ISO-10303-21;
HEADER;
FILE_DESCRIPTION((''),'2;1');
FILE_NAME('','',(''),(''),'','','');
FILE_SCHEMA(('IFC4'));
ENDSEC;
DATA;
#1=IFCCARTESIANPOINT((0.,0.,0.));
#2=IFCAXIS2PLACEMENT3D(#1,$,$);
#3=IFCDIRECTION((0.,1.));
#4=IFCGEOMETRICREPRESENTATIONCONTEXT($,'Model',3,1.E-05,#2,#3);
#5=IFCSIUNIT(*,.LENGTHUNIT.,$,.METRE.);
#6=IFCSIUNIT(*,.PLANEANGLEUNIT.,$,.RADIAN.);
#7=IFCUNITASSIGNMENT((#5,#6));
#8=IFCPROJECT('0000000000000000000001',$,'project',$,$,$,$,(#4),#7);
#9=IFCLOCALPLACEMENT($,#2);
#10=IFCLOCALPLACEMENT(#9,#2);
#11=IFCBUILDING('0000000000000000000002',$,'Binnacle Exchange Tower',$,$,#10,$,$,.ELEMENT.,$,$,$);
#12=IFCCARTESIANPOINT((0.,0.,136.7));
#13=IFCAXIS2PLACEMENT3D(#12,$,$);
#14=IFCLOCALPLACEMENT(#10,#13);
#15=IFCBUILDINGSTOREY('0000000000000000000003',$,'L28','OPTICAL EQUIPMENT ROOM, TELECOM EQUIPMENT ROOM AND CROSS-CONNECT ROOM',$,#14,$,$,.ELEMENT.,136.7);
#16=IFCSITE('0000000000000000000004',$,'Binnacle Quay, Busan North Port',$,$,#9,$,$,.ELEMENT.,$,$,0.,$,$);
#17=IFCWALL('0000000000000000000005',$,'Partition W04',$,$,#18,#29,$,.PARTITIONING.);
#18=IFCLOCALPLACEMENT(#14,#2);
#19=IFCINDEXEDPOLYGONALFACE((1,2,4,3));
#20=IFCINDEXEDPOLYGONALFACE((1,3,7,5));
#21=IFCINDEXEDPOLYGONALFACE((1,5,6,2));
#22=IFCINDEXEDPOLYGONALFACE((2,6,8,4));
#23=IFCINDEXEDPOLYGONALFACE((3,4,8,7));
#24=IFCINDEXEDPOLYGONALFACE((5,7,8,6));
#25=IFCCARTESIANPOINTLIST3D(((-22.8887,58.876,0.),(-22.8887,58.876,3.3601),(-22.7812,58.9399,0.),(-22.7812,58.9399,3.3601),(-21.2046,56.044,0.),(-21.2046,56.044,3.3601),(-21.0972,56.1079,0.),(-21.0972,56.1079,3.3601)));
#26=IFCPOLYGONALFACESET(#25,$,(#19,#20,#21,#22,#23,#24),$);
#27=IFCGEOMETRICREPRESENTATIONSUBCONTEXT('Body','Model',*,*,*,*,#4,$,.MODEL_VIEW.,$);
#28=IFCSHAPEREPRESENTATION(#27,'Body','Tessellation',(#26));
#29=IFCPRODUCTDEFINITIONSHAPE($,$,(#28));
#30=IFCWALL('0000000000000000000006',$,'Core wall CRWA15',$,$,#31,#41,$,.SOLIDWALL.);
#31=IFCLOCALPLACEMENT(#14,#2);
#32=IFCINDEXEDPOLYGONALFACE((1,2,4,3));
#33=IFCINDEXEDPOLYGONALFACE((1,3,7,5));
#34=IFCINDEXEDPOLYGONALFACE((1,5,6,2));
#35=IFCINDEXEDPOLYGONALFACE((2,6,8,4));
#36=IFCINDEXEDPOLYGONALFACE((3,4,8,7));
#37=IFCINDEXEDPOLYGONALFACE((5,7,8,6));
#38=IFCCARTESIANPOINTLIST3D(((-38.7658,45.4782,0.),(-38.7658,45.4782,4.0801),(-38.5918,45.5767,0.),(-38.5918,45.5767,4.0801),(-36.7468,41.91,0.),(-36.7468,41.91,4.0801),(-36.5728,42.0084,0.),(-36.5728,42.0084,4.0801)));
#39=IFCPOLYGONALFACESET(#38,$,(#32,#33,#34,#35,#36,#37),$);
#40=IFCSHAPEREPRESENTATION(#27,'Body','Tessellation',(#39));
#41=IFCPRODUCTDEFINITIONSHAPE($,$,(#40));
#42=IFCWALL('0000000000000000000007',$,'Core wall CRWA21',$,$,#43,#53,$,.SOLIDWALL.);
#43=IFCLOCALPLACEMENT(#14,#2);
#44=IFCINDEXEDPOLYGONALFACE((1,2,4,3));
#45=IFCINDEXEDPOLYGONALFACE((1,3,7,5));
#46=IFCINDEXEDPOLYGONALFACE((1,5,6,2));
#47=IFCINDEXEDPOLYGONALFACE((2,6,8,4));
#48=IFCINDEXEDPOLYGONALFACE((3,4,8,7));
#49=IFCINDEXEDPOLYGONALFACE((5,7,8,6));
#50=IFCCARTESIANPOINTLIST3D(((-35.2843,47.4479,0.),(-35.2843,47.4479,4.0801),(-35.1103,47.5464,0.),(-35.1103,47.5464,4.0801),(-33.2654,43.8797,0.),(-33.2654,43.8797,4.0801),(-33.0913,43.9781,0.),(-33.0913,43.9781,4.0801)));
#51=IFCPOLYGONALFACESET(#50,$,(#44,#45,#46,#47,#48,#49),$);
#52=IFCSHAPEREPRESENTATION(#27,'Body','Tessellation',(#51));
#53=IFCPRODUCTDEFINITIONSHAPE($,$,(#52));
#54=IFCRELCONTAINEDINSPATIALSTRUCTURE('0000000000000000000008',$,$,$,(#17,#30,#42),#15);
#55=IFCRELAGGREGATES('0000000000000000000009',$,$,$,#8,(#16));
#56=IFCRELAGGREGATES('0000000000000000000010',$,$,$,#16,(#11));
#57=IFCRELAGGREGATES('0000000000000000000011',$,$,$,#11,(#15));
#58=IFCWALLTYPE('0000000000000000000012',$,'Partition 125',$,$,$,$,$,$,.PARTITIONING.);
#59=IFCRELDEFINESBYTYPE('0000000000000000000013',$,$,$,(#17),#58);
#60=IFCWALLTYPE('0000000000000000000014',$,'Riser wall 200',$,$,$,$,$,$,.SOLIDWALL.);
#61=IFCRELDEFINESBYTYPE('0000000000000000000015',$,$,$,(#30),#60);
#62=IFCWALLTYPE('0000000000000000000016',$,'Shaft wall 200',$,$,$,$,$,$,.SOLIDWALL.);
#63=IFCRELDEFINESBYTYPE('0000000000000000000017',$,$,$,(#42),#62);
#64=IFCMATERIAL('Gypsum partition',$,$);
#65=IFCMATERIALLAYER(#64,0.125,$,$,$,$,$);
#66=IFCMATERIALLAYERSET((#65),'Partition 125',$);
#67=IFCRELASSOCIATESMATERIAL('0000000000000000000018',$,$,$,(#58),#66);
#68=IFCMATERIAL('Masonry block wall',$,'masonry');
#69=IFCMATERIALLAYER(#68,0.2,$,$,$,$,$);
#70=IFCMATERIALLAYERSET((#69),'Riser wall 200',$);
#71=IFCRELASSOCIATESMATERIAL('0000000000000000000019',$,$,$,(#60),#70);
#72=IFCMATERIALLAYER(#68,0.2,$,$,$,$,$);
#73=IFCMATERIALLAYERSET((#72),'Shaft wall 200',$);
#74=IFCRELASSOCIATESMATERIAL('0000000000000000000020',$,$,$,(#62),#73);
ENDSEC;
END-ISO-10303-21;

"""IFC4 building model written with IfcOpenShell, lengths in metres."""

from ifc_helpers import new_model, si_unit, direction, frame, frame_2d, origin, place, context, subcontext, project, spatial, rectangle, extrude, material, layer, layer_set, type_object, element, save


model = new_model("IFC4")

# Units and contexts
model_context = context("Model", 3, precision=1e-05, world=origin(), true_north=direction((0.0, 1.0)))
body_context = subcontext(model_context, "Body", "Model", "MODEL_VIEW")
ifc_project = project(units=[si_unit("LENGTHUNIT", "METRE"), si_unit("PLANEANGLEUNIT", "RADIAN")], contexts=[model_context])

# Site, building, storey
site_placement = place(None, origin())
site = spatial("IfcSite", under=ifc_project, at=site_placement, Name="Binnacle Quay, Busan North Port", CompositionType="ELEMENT", RefElevation=0.0)
building_placement = place(site_placement, origin())
building = spatial("IfcBuilding", under=site, at=building_placement, Name="Binnacle Exchange Tower", CompositionType="ELEMENT")
storey_placement = place(building_placement, frame((0.0, 0.0, 136.7)))
storey = spatial("IfcBuildingStorey", under=building, at=storey_placement, Name="L28", Description="OPTICAL EQUIPMENT ROOM, TELECOM EQUIPMENT ROOM AND CROSS-CONNECT ROOM", CompositionType="ELEMENT", Elevation=136.7)

# Walls
ifc_material_1 = material(Name="Gypsum partition")
ifc_layer_1 = layer(ifc_material_1, 0.125)
ifc_layer_set_1 = layer_set([ifc_layer_1], Name="Partition 125")
wall_type_1 = type_object("IfcWallType", Name="Partition 125", PredefinedType="PARTITIONING", material=ifc_layer_set_1)
wall_1_placement = place(storey_placement, frame((-22.835, 58.908, 0.0), z_axis=(0.0, 0.0, 1.0), x_axis=(0.511114, -0.859513, 0.0)))
element("IfcWall", 1, at=wall_1_placement, inside=storey, type_object=wall_type_1, Name="Partition W04", PredefinedType="PARTITIONING", context=body_context, shape_type="SweptSolid", body=[
    extrude(rectangle(XDim=3.2949, YDim=0.125, at=frame_2d((1.6475, 0.0))), origin(), (0.0, 0.0, 1.0), 3.3601),
])
ifc_material_2 = material(Name="Masonry block wall", Category="masonry")
ifc_layer_2 = layer(ifc_material_2, 0.2)
ifc_layer_set_2 = layer_set([ifc_layer_2], Name="Riser wall 200")
wall_type_2 = type_object("IfcWallType", Name="Riser wall 200", PredefinedType="SOLIDWALL", material=ifc_layer_set_2)
wall_2_placement = place(storey_placement, frame((-38.6787, 45.5273, 0.0), z_axis=(0.0, 0.0, 1.0), x_axis=(0.492454, -0.870339, 0.0)))
element("IfcWall", 2, at=wall_2_placement, inside=storey, type_object=wall_type_2, Name="Core wall CRWA15", PredefinedType="SOLIDWALL", context=body_context, shape_type="SweptSolid", body=[
    extrude(rectangle(XDim=4.0999, YDim=0.2, at=frame_2d((2.0498, 0.0))), origin(), (0.0, 0.0, 1.0), 4.0801),
])
ifc_layer_3 = layer(ifc_material_2, 0.2)
ifc_layer_set_3 = layer_set([ifc_layer_3], Name="Shaft wall 200")
wall_type_3 = type_object("IfcWallType", Name="Shaft wall 200", PredefinedType="SOLIDWALL", material=ifc_layer_set_3)
wall_3_placement = place(storey_placement, frame((-35.1973, 47.4971, 0.0), z_axis=(0.0, 0.0, 1.0), x_axis=(0.492454, -0.870339, 0.0)))
element("IfcWall", 3, at=wall_3_placement, inside=storey, type_object=wall_type_3, Name="Core wall CRWA21", PredefinedType="SOLIDWALL", context=body_context, shape_type="SweptSolid", body=[
    extrude(rectangle(XDim=4.0999, YDim=0.2, at=frame_2d((2.0498, 0.0))), origin(), (0.0, 0.0, 1.0), 4.0801),
])

save(model, "model.ifc")
